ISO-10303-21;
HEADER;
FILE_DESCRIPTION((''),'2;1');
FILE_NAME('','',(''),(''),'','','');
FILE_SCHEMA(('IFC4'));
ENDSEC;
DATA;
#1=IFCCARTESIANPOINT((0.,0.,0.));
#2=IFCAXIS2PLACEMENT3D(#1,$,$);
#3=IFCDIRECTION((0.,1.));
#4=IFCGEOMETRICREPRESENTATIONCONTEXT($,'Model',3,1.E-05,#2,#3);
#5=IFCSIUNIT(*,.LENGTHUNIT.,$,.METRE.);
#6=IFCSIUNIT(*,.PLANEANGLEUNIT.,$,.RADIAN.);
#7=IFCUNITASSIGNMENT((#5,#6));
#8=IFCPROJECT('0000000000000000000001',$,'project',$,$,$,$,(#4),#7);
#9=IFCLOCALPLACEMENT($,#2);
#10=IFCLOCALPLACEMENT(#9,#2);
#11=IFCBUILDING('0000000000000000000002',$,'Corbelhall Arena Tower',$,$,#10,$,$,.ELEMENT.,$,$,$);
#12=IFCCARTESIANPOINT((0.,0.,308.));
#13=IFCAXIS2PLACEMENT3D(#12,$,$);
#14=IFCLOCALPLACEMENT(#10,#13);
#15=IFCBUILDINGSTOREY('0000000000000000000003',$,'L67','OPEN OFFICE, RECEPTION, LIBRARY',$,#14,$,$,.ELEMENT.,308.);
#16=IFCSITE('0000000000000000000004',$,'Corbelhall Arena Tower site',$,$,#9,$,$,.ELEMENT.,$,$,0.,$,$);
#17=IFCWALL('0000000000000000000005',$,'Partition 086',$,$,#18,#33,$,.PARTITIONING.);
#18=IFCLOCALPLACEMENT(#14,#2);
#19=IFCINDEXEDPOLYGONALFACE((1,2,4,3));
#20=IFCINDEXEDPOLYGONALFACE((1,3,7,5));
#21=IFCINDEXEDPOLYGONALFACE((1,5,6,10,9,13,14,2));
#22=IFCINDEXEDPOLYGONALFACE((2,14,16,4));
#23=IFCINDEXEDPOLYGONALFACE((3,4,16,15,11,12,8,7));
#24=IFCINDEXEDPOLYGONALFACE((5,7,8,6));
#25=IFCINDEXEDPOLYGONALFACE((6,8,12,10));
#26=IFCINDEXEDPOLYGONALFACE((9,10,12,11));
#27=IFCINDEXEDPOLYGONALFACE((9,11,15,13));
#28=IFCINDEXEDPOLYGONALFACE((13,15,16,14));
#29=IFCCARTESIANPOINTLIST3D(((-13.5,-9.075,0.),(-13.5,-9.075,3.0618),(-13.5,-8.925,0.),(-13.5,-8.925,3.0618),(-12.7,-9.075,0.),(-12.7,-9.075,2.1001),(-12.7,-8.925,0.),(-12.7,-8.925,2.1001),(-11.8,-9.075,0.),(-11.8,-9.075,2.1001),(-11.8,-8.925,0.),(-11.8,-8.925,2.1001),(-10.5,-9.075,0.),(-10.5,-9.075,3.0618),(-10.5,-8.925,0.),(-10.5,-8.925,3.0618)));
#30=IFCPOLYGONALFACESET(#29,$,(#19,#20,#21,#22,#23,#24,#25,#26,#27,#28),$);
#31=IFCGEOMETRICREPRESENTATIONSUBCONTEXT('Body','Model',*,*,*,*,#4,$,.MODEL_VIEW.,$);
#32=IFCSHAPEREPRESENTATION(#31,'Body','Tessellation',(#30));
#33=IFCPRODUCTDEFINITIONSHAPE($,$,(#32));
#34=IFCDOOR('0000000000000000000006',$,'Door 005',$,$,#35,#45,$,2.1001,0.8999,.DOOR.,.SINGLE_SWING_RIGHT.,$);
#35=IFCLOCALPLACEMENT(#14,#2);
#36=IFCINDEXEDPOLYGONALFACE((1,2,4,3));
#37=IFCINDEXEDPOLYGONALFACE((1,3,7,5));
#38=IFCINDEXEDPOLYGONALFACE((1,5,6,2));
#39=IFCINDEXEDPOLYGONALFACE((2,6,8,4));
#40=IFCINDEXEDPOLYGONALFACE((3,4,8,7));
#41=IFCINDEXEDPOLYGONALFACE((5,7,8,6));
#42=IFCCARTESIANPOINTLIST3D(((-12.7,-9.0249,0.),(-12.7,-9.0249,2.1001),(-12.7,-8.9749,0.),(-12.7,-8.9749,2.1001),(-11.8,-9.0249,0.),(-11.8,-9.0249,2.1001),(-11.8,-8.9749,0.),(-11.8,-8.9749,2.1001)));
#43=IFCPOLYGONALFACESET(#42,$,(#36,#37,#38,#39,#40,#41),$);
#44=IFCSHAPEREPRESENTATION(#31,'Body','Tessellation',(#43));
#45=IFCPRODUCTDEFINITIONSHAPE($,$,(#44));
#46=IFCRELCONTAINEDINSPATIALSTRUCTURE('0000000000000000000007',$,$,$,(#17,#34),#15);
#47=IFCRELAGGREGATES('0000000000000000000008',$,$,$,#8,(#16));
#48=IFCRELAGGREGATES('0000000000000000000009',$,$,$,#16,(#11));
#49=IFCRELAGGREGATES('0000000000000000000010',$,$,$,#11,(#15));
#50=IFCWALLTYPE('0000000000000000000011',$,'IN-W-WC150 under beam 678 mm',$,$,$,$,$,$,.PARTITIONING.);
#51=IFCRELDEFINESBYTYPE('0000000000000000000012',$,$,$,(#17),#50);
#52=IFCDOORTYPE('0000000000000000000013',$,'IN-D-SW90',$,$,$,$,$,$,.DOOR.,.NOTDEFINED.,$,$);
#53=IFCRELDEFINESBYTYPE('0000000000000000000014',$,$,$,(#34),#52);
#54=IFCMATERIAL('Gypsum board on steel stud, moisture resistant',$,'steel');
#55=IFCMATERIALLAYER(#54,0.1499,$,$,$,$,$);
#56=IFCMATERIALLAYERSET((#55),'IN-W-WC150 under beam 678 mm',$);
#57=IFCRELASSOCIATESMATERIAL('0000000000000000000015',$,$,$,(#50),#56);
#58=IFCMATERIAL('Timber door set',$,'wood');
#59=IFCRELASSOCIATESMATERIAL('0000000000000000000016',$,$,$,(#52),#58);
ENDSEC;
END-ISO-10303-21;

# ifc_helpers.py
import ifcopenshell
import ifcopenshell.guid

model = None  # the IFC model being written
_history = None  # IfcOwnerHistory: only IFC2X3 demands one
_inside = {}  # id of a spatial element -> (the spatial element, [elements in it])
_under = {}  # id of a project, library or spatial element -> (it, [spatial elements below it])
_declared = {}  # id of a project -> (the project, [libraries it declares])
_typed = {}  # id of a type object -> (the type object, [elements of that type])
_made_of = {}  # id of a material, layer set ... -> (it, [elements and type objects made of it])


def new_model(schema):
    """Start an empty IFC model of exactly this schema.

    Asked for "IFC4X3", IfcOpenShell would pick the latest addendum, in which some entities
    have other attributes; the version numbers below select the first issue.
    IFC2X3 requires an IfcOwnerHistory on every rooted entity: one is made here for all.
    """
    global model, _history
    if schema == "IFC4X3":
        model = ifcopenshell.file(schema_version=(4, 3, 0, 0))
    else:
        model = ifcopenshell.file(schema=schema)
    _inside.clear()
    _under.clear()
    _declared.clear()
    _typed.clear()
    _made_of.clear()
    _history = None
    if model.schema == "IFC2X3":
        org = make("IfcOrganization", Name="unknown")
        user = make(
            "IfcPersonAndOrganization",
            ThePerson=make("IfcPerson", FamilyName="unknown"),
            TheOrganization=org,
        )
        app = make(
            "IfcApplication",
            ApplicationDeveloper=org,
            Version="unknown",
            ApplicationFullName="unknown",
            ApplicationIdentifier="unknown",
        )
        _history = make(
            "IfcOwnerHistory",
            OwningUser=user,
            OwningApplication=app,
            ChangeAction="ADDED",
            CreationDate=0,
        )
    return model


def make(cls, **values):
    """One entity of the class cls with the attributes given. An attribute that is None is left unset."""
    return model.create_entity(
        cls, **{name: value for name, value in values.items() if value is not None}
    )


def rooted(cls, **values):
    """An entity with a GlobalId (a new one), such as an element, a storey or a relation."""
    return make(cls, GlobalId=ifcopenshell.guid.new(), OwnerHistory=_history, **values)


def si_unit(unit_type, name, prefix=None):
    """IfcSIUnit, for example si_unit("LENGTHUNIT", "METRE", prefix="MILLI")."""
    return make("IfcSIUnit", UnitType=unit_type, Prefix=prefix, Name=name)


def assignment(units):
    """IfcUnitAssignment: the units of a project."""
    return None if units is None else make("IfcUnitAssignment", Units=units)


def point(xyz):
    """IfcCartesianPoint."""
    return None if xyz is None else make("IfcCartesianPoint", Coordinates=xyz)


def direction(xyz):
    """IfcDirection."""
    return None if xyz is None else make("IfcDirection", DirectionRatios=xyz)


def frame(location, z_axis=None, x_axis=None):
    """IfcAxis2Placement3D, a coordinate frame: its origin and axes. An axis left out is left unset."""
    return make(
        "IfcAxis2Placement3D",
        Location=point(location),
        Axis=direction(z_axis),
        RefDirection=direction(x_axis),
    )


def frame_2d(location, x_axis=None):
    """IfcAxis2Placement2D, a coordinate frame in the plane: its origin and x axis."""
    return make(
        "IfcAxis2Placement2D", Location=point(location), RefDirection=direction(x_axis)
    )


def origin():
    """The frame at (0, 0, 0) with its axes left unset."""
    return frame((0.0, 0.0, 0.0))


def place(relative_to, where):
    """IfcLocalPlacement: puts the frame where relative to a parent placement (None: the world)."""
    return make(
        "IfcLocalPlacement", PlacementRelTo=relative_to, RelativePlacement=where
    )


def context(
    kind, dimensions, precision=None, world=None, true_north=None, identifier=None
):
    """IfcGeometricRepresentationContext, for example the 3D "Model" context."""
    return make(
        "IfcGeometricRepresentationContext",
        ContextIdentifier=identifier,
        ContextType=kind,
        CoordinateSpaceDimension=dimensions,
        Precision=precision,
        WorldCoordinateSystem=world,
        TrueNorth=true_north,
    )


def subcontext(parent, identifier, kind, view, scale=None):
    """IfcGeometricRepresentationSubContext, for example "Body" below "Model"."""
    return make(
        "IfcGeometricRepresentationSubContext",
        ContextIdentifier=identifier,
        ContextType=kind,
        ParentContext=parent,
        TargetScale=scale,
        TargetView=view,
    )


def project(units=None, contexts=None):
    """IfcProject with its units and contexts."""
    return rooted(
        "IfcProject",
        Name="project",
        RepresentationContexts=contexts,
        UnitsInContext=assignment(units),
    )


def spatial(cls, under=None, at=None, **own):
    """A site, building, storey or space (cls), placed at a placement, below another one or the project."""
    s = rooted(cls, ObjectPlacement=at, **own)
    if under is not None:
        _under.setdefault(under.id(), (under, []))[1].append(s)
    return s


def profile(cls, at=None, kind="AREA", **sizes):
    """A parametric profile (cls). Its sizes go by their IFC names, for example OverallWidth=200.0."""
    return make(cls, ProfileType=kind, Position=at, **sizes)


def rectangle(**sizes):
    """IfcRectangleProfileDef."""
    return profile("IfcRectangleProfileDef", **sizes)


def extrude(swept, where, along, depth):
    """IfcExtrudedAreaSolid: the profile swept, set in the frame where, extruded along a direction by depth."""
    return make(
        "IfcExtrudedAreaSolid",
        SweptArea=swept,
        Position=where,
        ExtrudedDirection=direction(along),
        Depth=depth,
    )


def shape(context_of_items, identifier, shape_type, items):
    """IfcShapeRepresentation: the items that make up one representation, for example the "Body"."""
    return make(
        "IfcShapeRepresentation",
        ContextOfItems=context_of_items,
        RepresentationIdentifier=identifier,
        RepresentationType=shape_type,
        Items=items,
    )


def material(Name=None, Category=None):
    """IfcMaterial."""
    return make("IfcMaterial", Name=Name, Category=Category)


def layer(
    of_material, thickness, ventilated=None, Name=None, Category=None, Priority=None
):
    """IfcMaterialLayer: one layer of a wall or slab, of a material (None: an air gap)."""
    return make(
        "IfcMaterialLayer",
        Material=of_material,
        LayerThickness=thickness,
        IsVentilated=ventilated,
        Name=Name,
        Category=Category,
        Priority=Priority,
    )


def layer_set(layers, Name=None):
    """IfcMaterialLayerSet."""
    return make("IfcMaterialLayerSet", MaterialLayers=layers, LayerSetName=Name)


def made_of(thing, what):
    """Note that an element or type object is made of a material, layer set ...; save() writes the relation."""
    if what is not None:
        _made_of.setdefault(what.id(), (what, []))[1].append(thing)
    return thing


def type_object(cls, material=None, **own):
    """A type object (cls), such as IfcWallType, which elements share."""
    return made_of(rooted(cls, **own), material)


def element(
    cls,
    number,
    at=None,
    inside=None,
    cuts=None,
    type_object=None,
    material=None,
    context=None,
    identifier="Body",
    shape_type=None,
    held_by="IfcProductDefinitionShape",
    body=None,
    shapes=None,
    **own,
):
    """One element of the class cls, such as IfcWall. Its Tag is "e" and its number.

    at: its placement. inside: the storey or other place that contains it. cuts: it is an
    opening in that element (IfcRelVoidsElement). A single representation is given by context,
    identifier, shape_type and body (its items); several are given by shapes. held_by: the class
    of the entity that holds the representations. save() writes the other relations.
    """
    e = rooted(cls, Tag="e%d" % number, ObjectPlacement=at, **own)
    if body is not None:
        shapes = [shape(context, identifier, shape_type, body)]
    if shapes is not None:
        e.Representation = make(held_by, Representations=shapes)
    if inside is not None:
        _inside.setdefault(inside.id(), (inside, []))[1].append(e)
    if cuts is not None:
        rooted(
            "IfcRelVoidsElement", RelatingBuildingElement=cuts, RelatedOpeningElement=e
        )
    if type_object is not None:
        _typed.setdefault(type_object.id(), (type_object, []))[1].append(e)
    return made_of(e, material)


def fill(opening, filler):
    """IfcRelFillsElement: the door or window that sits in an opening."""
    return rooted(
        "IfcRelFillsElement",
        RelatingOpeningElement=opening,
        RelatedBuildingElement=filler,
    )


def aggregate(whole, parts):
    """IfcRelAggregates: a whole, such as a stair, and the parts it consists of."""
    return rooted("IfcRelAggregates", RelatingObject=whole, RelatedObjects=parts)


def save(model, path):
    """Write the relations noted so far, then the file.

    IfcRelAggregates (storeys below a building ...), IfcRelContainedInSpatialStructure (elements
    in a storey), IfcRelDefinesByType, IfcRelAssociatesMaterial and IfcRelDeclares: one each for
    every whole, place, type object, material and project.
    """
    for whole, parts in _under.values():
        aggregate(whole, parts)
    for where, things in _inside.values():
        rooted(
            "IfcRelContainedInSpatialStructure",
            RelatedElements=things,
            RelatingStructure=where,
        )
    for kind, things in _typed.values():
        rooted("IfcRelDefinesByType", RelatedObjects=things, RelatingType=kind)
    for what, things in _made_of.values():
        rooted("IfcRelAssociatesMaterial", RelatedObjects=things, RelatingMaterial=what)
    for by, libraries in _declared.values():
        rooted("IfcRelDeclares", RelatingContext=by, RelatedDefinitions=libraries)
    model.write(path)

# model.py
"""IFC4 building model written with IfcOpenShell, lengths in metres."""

from ifc_helpers import new_model, si_unit, direction, frame, frame_2d, origin, place, context, subcontext, project, spatial, rectangle, extrude, material, layer, layer_set, type_object, element, fill, save


model = new_model("IFC4")

# Units and contexts
model_context = context("Model", 3, precision=1e-05, world=origin(), true_north=direction((0.0, 1.0)))
body_context = subcontext(model_context, "Body", "Model", "MODEL_VIEW")
ifc_project = project(units=[si_unit("LENGTHUNIT", "METRE"), si_unit("PLANEANGLEUNIT", "RADIAN")], contexts=[model_context])

# Site, building, storey
site_placement = place(None, origin())
site = spatial("IfcSite", under=ifc_project, at=site_placement, Name="Corbelhall Arena Tower site", CompositionType="ELEMENT", RefElevation=0.0)
building_placement = place(site_placement, origin())
building = spatial("IfcBuilding", under=site, at=building_placement, Name="Corbelhall Arena Tower", CompositionType="ELEMENT")
storey_placement = place(building_placement, frame((0.0, 0.0, 308.0)))
storey = spatial("IfcBuildingStorey", under=building, at=storey_placement, Name="L67", Description="OPEN OFFICE, RECEPTION, LIBRARY", CompositionType="ELEMENT", Elevation=308.0)

# Shared definitions
ifc_material_1 = material(Name="Gypsum board on steel stud, moisture resistant", Category="steel")
ifc_layer_1 = layer(ifc_material_1, 0.1499)
ifc_layer_set_1 = layer_set([ifc_layer_1], Name="IN-W-WC150 under beam 678 mm")
wall_type_1 = type_object("IfcWallType", Name="IN-W-WC150 under beam 678 mm", PredefinedType="PARTITIONING", material=ifc_layer_set_1)

# Wall, opening, door
wall_1_placement = place(storey_placement, frame((-10.5, -9.0, 0.0), z_axis=(0.0, 0.0, 1.0), x_axis=(-1.0, 0.0, 0.0)))
wall_1 = element("IfcWall", 1, at=wall_1_placement, inside=storey, type_object=wall_type_1, Name="Partition 086", PredefinedType="PARTITIONING", context=body_context, shape_type="SweptSolid", body=[
    extrude(rectangle(XDim=3.0, YDim=0.1499, at=frame_2d((1.5, 0.0))), origin(), (0.0, 0.0, 1.0), 3.0618),
])
opening_1_placement = place(wall_1_placement, frame((1.3, 0.0, 0.0)))
opening_1 = element("IfcOpeningElement", 2, at=opening_1_placement, cuts=wall_1, PredefinedType="OPENING", context=body_context, shape_type="SweptSolid", body=[
    extrude(rectangle(XDim=0.8999, YDim=2.1001, at=frame_2d((0.45, 1.05))), frame((0.0, 0.075, 0.0), z_axis=(0.0, -1.0, 0.0), x_axis=(1.0, 0.0, 0.0)), (0.0, 0.0, 1.0), 0.1499),
])
ifc_material_2 = material(Name="Timber door set", Category="wood")
door_type_1 = type_object("IfcDoorType", Name="IN-D-SW90", OperationType="NOTDEFINED", PredefinedType="DOOR", material=ifc_material_2)
door_1_placement = place(opening_1_placement, origin())
door_1 = element("IfcDoor", 3, at=door_1_placement, inside=storey, type_object=door_type_1, Name="Door 005", OperationType="SINGLE_SWING_RIGHT", OverallHeight=2.1001, OverallWidth=0.8999, PredefinedType="DOOR", context=body_context, shape_type="SweptSolid", body=[
    extrude(rectangle(XDim=0.8999, YDim=2.1001, at=frame_2d((0.45, 1.05))), frame((0.0, 0.0249, 0.0), z_axis=(0.0, -1.0, 0.0), x_axis=(1.0, 0.0, 0.0)), (0.0, 0.0, 1.0), 0.05),
])
fill(opening_1, door_1)

save(model, "model.ifc")
